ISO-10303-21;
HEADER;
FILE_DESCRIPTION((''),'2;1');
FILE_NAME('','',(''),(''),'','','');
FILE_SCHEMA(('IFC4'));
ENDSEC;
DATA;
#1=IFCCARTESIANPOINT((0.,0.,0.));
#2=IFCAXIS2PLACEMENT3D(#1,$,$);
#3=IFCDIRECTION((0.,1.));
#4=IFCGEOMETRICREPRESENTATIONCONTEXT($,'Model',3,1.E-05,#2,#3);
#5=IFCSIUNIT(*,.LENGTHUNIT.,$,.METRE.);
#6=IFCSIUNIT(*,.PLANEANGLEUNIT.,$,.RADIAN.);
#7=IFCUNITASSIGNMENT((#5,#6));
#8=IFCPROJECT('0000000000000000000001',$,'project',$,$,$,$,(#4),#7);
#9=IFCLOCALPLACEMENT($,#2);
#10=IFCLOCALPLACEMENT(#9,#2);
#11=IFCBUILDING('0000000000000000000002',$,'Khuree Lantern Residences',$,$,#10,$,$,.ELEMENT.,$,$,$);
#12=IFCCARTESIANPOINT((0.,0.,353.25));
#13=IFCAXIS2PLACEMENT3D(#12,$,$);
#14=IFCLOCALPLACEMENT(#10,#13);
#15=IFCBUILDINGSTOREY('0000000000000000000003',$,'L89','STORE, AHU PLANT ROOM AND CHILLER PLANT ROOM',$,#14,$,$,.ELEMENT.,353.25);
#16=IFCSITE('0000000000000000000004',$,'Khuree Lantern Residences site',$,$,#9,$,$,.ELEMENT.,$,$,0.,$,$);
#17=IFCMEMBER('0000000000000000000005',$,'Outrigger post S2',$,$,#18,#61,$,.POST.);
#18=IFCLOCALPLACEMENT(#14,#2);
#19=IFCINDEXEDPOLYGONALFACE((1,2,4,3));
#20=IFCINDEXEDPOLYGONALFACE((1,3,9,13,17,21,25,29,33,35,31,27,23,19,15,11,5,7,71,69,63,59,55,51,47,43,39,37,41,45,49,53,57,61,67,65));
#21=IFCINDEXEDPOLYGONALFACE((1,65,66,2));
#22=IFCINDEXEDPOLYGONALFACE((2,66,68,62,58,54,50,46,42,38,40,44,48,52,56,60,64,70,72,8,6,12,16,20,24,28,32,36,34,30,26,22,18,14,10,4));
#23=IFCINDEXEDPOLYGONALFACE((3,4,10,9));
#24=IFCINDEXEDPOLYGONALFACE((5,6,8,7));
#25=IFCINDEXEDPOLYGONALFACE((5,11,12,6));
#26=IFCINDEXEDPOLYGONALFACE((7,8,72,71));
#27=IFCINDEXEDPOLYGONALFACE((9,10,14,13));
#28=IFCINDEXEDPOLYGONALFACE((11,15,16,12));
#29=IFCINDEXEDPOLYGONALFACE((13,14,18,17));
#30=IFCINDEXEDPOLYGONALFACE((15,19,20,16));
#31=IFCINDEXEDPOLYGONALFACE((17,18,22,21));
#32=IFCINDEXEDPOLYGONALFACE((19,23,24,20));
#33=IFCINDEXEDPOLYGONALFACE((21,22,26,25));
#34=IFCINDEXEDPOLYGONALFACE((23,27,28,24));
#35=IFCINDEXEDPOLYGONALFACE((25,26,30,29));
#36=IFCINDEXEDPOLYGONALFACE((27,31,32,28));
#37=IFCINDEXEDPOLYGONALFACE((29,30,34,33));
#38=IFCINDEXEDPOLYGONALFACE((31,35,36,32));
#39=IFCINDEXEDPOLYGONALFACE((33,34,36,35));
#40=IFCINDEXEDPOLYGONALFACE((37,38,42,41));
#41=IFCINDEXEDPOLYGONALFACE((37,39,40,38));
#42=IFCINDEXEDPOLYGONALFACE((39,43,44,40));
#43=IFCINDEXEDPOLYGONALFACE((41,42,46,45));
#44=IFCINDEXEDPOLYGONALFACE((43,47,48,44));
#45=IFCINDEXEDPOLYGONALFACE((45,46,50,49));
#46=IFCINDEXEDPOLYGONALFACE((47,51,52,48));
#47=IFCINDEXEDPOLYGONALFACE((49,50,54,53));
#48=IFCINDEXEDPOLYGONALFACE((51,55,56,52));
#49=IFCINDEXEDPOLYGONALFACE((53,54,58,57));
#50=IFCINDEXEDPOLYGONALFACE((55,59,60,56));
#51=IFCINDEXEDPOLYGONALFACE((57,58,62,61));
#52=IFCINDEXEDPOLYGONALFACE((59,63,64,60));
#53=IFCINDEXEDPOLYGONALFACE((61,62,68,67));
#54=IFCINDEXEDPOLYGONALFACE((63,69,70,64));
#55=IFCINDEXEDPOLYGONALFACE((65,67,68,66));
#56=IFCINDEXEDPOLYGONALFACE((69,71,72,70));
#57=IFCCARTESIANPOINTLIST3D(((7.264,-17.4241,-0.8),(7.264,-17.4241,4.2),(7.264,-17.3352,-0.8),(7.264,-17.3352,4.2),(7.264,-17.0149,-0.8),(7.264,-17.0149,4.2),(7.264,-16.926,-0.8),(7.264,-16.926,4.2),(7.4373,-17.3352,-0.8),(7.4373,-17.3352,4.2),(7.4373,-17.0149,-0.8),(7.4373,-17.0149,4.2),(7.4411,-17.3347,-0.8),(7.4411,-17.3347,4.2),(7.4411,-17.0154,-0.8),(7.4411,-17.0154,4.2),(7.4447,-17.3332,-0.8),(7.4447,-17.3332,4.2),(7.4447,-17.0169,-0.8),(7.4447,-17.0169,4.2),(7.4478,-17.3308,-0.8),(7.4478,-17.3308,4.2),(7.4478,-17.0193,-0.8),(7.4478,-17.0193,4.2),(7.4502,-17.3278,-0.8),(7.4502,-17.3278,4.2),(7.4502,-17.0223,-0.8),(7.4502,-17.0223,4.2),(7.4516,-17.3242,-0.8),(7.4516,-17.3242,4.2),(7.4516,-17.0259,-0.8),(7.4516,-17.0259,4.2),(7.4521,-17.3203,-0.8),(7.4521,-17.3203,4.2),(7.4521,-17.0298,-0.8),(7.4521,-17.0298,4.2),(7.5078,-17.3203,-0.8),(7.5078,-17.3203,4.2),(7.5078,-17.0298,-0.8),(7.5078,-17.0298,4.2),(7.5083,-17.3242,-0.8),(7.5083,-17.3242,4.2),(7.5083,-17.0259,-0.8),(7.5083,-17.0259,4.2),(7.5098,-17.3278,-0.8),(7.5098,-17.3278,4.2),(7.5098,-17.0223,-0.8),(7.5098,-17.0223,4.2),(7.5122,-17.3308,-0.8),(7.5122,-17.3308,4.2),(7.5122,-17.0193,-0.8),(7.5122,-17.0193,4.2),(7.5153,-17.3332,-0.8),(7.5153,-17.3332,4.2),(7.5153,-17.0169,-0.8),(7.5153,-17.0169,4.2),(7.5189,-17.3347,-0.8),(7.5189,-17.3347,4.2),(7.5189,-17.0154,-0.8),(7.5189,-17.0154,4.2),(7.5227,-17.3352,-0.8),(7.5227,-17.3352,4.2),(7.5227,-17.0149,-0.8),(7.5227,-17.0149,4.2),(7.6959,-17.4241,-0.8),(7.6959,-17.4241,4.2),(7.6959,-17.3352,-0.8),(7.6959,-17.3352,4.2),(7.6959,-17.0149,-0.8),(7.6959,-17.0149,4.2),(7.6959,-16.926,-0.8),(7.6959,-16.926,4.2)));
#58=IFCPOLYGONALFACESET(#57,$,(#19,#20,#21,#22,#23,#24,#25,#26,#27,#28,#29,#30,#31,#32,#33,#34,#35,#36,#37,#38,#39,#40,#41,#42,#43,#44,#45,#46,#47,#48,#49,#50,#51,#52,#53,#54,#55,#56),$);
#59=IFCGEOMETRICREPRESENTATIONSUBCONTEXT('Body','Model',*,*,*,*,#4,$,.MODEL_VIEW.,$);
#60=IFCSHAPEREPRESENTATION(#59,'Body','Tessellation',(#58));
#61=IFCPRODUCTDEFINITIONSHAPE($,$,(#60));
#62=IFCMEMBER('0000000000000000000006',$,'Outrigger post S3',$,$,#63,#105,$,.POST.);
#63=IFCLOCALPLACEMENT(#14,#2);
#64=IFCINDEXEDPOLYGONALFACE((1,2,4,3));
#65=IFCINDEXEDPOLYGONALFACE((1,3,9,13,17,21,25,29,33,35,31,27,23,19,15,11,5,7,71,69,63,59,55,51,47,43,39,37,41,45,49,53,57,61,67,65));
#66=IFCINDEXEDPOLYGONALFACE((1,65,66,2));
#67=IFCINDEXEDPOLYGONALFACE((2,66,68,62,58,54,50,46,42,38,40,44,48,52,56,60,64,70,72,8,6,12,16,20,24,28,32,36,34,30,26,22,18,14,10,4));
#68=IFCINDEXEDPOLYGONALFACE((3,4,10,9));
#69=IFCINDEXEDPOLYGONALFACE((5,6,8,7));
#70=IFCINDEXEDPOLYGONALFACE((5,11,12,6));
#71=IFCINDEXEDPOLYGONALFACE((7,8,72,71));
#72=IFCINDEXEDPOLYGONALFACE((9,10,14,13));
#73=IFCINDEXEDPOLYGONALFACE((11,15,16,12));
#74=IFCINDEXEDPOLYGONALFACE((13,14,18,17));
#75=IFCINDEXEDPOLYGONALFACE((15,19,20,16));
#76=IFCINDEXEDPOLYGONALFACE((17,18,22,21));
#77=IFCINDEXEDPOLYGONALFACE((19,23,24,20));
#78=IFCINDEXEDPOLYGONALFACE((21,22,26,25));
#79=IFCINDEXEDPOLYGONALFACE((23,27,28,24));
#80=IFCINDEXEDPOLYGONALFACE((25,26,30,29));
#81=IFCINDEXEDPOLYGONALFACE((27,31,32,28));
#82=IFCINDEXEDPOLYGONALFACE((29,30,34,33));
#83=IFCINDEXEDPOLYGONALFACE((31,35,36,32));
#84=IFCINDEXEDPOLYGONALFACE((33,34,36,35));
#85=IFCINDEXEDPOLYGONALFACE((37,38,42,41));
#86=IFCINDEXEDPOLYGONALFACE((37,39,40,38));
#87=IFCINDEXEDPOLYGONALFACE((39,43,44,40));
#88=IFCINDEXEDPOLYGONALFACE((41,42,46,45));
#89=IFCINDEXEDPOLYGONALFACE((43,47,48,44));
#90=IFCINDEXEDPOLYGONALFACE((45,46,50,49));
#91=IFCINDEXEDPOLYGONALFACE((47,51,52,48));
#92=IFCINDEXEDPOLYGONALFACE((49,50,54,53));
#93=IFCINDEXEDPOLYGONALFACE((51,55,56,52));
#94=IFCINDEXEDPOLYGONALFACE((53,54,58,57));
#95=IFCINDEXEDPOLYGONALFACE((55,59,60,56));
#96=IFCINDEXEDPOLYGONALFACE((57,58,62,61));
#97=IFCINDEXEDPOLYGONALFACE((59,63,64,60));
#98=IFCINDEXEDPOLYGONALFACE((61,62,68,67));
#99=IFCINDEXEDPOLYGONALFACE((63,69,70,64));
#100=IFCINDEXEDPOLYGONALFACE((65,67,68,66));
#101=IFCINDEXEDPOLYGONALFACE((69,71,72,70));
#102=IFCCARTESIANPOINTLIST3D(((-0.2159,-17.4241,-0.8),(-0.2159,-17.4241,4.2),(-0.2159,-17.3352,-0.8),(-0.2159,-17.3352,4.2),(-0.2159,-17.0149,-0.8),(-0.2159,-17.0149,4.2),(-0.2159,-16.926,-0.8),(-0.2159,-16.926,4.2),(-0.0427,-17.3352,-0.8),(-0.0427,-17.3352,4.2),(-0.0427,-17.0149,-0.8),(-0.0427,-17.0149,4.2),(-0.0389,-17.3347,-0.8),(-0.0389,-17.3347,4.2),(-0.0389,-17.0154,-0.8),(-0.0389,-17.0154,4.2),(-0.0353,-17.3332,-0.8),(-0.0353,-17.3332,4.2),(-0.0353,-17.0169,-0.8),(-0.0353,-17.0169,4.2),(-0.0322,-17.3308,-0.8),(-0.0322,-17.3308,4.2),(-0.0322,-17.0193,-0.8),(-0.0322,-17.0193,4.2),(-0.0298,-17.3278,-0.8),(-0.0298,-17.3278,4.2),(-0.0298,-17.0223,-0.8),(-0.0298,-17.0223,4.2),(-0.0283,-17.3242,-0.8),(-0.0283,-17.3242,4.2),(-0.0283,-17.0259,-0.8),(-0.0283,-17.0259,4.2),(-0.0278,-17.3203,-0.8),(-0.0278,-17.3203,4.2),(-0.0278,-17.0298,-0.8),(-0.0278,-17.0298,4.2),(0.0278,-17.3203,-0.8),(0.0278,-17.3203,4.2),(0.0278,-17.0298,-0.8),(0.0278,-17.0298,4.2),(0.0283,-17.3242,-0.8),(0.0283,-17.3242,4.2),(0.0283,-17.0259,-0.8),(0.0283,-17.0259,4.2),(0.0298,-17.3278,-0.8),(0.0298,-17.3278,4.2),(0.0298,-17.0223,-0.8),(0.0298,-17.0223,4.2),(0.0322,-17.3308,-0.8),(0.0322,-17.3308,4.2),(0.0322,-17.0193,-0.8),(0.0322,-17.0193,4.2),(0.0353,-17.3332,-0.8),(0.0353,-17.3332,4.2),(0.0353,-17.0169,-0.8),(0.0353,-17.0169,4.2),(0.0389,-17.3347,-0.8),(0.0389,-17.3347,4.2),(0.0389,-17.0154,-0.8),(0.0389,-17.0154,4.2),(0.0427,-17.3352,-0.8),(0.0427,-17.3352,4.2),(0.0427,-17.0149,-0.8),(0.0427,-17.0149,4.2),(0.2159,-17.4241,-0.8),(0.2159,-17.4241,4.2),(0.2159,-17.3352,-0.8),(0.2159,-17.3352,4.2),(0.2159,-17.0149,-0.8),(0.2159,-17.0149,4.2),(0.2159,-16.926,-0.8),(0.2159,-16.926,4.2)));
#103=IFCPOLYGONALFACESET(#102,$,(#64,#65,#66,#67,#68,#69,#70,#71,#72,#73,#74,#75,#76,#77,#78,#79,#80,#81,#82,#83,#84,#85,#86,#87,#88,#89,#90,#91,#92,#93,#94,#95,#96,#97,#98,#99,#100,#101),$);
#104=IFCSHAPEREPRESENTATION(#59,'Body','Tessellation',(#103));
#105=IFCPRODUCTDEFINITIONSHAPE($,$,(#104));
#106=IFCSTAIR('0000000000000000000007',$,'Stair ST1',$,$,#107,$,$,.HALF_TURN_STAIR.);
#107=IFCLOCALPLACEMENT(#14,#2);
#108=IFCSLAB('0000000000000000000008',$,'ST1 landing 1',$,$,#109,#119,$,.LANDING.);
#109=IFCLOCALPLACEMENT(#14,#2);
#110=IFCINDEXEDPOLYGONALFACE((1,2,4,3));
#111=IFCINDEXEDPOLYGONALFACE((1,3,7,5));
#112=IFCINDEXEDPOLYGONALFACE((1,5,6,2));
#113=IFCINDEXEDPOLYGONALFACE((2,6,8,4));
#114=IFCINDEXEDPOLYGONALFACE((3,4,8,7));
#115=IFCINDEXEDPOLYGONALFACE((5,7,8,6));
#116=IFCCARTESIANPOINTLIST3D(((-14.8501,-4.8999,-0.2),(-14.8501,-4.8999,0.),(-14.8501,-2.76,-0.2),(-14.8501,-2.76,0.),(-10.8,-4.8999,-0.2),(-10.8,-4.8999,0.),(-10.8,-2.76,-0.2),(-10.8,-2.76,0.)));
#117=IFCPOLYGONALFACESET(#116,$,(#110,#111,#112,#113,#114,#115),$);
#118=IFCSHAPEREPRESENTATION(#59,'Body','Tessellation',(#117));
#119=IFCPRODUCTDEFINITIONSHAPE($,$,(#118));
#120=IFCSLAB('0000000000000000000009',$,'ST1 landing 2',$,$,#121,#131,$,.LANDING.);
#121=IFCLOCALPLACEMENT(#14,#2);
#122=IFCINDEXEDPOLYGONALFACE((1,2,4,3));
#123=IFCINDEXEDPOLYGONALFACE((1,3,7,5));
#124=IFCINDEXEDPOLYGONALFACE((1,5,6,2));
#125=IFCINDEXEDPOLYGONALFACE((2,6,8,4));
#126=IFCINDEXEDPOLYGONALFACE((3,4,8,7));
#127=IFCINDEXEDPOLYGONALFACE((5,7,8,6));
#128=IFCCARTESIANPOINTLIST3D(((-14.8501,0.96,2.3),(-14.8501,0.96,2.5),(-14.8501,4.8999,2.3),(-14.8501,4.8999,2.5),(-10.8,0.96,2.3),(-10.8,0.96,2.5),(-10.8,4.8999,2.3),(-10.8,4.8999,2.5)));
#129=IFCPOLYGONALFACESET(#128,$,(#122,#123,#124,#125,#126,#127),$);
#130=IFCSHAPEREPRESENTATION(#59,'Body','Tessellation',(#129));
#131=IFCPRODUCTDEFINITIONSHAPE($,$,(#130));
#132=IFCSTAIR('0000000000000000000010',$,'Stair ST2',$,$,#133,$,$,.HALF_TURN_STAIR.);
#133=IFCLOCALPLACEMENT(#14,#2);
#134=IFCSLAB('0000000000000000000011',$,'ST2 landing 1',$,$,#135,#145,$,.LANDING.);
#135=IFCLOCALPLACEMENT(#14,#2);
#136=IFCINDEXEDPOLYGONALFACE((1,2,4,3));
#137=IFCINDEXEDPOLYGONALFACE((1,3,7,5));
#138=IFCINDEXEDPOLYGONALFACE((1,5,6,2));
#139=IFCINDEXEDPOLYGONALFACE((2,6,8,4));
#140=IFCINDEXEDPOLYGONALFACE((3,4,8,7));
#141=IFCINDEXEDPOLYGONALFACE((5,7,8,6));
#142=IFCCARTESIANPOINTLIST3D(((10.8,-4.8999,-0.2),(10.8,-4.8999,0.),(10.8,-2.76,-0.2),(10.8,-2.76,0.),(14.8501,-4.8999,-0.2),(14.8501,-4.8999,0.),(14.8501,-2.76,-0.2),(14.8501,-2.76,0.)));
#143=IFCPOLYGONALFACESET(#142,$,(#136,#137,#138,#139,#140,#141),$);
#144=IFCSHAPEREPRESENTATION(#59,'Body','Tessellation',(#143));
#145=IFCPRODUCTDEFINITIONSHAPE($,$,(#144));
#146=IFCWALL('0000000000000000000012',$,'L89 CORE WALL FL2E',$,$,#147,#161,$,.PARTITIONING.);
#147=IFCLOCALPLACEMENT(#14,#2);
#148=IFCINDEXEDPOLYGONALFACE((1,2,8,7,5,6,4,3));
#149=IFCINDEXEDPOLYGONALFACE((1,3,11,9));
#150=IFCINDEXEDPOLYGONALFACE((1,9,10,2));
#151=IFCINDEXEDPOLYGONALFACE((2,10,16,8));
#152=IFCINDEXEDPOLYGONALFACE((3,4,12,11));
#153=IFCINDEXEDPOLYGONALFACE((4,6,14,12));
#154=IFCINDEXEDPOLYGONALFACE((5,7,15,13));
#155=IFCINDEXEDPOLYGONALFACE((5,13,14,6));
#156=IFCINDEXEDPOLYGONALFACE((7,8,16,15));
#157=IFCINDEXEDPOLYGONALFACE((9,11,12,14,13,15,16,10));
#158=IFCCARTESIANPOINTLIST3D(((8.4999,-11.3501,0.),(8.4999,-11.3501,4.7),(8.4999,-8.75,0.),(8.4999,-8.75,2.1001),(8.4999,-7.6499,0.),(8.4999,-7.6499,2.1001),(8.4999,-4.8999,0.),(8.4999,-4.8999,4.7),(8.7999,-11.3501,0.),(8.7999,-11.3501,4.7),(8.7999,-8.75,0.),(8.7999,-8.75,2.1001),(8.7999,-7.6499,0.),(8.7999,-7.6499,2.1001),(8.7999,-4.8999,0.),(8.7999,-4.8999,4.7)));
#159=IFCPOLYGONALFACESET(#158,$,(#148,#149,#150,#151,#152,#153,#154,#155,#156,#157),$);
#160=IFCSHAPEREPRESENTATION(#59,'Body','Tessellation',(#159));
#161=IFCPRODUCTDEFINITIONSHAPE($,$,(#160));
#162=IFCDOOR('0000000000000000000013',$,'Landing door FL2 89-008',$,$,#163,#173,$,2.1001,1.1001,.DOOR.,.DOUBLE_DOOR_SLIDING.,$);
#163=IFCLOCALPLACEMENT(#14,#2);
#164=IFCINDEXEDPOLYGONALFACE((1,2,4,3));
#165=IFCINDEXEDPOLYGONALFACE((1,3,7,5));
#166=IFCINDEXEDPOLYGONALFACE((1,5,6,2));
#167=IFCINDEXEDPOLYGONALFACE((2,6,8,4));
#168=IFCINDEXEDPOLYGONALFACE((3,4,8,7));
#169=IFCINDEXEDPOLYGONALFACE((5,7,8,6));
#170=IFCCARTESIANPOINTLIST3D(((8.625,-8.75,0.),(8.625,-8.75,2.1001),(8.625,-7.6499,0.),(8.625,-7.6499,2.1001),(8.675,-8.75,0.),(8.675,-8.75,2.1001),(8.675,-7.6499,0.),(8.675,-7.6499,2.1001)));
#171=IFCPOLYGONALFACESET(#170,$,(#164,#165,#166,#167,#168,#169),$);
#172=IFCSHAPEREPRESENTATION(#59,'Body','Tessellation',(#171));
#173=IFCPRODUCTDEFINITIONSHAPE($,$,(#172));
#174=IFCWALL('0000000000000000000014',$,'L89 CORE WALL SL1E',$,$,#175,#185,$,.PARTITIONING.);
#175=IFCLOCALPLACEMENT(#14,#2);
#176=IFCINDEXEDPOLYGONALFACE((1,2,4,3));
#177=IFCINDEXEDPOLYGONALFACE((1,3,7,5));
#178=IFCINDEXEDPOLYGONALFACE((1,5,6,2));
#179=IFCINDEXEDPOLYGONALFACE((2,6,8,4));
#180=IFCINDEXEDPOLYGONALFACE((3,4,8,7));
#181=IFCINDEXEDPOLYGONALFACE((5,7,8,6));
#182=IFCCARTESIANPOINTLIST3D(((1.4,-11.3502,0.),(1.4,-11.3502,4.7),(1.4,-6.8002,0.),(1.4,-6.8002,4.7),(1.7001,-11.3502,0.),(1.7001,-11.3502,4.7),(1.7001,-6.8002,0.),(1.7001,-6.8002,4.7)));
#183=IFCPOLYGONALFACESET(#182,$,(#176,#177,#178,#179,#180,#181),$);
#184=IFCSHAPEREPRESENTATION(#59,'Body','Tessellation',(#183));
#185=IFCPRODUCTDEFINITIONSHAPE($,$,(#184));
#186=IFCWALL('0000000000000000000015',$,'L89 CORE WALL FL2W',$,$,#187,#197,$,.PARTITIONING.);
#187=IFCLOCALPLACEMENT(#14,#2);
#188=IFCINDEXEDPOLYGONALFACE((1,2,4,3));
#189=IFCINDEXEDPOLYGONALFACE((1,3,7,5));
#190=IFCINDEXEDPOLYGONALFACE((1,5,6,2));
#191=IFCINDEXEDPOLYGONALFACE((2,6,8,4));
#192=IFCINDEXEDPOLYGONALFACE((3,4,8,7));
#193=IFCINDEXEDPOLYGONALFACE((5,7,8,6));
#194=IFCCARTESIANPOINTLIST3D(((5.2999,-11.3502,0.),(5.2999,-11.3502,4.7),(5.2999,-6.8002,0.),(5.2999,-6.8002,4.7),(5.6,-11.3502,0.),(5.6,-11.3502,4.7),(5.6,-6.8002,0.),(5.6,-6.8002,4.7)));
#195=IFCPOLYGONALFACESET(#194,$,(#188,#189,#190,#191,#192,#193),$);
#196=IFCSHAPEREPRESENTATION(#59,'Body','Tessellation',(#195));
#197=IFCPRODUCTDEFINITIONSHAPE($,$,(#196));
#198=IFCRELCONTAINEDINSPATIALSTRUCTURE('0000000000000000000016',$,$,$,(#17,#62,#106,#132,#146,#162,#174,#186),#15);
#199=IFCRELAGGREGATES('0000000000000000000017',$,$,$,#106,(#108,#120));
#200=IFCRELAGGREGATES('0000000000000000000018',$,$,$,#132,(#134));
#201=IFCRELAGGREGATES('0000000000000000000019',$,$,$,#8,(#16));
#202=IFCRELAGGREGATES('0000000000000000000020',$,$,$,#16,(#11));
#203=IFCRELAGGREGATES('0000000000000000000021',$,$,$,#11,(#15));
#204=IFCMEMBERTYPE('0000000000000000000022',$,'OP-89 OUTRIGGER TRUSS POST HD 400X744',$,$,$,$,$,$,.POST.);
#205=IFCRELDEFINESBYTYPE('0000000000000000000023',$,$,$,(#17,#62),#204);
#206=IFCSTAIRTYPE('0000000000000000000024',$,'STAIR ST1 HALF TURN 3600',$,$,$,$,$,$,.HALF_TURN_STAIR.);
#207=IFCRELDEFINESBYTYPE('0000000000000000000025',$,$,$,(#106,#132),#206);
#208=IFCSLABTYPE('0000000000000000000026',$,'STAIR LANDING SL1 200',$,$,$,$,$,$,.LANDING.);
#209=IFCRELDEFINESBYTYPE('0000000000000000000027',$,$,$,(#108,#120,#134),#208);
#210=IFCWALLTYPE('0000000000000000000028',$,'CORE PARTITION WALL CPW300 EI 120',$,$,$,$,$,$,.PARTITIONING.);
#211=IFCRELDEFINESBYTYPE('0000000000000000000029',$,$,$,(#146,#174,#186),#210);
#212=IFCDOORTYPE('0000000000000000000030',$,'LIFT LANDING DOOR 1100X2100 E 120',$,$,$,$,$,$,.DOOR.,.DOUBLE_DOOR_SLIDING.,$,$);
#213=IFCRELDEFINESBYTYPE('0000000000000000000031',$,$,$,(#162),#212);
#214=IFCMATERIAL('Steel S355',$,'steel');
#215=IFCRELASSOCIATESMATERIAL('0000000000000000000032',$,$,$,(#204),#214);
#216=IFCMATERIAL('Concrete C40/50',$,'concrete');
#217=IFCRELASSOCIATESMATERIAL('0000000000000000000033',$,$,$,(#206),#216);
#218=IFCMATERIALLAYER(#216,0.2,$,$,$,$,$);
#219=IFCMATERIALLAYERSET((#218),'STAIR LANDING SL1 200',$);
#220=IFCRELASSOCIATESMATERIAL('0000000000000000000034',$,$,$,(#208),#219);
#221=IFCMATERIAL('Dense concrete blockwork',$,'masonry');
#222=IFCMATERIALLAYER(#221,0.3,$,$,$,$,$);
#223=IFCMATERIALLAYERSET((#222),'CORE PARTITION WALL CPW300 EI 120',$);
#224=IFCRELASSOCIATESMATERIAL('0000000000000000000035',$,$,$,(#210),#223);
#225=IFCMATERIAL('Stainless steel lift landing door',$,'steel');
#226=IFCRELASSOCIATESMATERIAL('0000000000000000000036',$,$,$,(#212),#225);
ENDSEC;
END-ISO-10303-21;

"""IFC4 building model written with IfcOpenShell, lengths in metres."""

from ifc_helpers import new_model, si_unit, direction, frame, frame_2d, origin, origin_2d, place, context, subcontext, project, spatial, polyline, rectangle, i_section, outline, extrude, material, layer, layer_set, material_profile, profile_set, type_object, element, fill, aggregate, save


model = new_model("IFC4")

# Units and contexts
model_context = context("Model", 3, precision=1e-05, world=origin(), true_north=direction((0.0, 1.0)))
body_context = subcontext(model_context, "Body", "Model", "MODEL_VIEW")
ifc_project = project(units=[si_unit("LENGTHUNIT", "METRE"), si_unit("PLANEANGLEUNIT", "RADIAN")], contexts=[model_context])

# Site, building, storey
site_placement = place(None, origin())
site = spatial("IfcSite", under=ifc_project, at=site_placement, Name="Khuree Lantern Residences site", CompositionType="ELEMENT", RefElevation=0.0)
building_placement = place(site_placement, origin())
building = spatial("IfcBuilding", under=site, at=building_placement, Name="Khuree Lantern Residences", CompositionType="ELEMENT")
storey_placement = place(building_placement, frame((0.0, 0.0, 353.25)))
storey = spatial("IfcBuildingStorey", under=building, at=storey_placement, Name="L89", Description="STORE, AHU PLANT ROOM AND CHILLER PLANT ROOM", CompositionType="ELEMENT", Elevation=353.25)

# Members
ifc_material_1 = material(Name="Steel S355", Category="steel")
ifc_material_profile_1 = material_profile(ifc_material_1, i_section(OverallWidth=0.4319, OverallDepth=0.498, WebThickness=0.0557, FlangeThickness=0.0889, FilletRadius=0.0149, at=origin_2d()), Name="HD 400X744")
ifc_profile_set_1 = profile_set([ifc_material_profile_1], Name="Steel S355")
member_type_1 = type_object("IfcMemberType", Name="OP-89 OUTRIGGER TRUSS POST HD 400X744", PredefinedType="POST", material=ifc_profile_set_1)
for number, where, z_axis, x_axis, name in (
    (1, (7.48, -17.175, -0.8), (0.0, 0.0, 1.0), (1.0, 0.0, 0.0), "Outrigger post S2"),
    (2, (0.0, -17.175, -0.8), (0.0, 0.0, 1.0), (1.0, 0.0, 0.0), "Outrigger post S3"),
):
    element("IfcMember", number, at=place(storey_placement, frame(where, z_axis=z_axis, x_axis=x_axis)), inside=storey, type_object=member_type_1, Name=name, PredefinedType="POST", context=body_context, shape_type="SweptSolid", body=[
        extrude(i_section(OverallWidth=0.4319, OverallDepth=0.498, WebThickness=0.0557, FlangeThickness=0.0889, FilletRadius=0.0149, at=origin_2d()), origin(), (0.0, 0.0, 1.0), 5.0),
    ])

# Stair, slabs
ifc_material_2 = material(Name="Concrete C40/50", Category="concrete")
stair_type = type_object("IfcStairType", Name="STAIR ST1 HALF TURN 3600", PredefinedType="HALF_TURN_STAIR", material=ifc_material_2)
stair_1_placement = place(storey_placement, origin())
stair_1 = element("IfcStair", 3, at=stair_1_placement, inside=storey, type_object=stair_type, Name="Stair ST1", PredefinedType="HALF_TURN_STAIR")
ifc_layer_1 = layer(ifc_material_2, 0.2)
ifc_layer_set_1 = layer_set([ifc_layer_1], Name="STAIR LANDING SL1 200")
slab_type = type_object("IfcSlabType", Name="STAIR LANDING SL1 200", PredefinedType="LANDING", material=ifc_layer_set_1)
slab_1_placement = place(storey_placement, frame((0.0, 0.0, -0.2)))
slab_1 = element("IfcSlab", 4, at=slab_1_placement, type_object=slab_type, Name="ST1 landing 1", PredefinedType="LANDING", context=body_context, shape_type="SweptSolid", body=[
    extrude(outline(polyline([(-14.8501, -4.8999), (-10.8, -4.8999), (-10.8, -2.76), (-14.8501, -2.76), (-14.8501, -4.8999)])), origin(), (0.0, 0.0, 1.0), 0.2),
])
slab_2_placement = place(storey_placement, frame((0.0, 0.0, 2.3)))
slab_2 = element("IfcSlab", 5, at=slab_2_placement, type_object=slab_type, Name="ST1 landing 2", PredefinedType="LANDING", context=body_context, shape_type="SweptSolid", body=[
    extrude(outline(polyline([(-14.8501, 0.96), (-14.8501, 4.8999), (-10.8, 4.8999), (-10.8, 0.96), (-14.8501, 0.96)])), origin(), (0.0, 0.0, 1.0), 0.2),
])
aggregate(stair_1, [slab_1, slab_2])

# Stair, slab
stair_2_placement = place(storey_placement, origin())
stair_2 = element("IfcStair", 6, at=stair_2_placement, inside=storey, type_object=stair_type, Name="Stair ST2", PredefinedType="HALF_TURN_STAIR")
slab_3_placement = place(storey_placement, frame((0.0, 0.0, -0.2)))
slab_3 = element("IfcSlab", 7, at=slab_3_placement, type_object=slab_type, Name="ST2 landing 1", PredefinedType="LANDING", context=body_context, shape_type="SweptSolid", body=[
    extrude(outline(polyline([(10.8, -4.8999), (14.8501, -4.8999), (14.8501, -2.76), (10.8, -2.76), (10.8, -4.8999)])), origin(), (0.0, 0.0, 1.0), 0.2),
])

# Wall, opening, door
ifc_material_3 = material(Name="Dense concrete blockwork", Category="masonry")
ifc_layer_2 = layer(ifc_material_3, 0.3)
ifc_layer_set_2 = layer_set([ifc_layer_2], Name="CORE PARTITION WALL CPW300 EI 120")
wall_type_1 = type_object("IfcWallType", Name="CORE PARTITION WALL CPW300 EI 120", PredefinedType="PARTITIONING", material=ifc_layer_set_2)
wall_1_placement = place(storey_placement, frame((8.6499, -11.3501, 0.0), z_axis=(0.0, 0.0, 1.0), x_axis=(0.0, 1.0, 0.0)))
wall_1 = element("IfcWall", 8, at=wall_1_placement, inside=storey, type_object=wall_type_1, Name="L89 CORE WALL FL2E", PredefinedType="PARTITIONING", context=body_context, shape_type="SweptSolid", body=[
    extrude(rectangle(XDim=6.4502, YDim=0.3, at=frame_2d((3.2251, 0.0))), origin(), (0.0, 0.0, 1.0), 4.7),
])
opening_1_placement = place(wall_1_placement, frame((2.6001, 0.0, 0.0)))
opening_1 = element("IfcOpeningElement", 9, at=opening_1_placement, cuts=wall_1, PredefinedType="OPENING", context=body_context, shape_type="SweptSolid", body=[
    extrude(rectangle(XDim=1.1001, YDim=2.1001, at=frame_2d((0.55, 1.05))), frame((0.0, 0.1602, 0.0), z_axis=(0.0, -1.0, 0.0), x_axis=(1.0, 0.0, 0.0)), (0.0, 0.0, 1.0), 0.3201),
])
ifc_material_4 = material(Name="Stainless steel lift landing door", Category="steel")
door_type_1 = type_object("IfcDoorType", Name="LIFT LANDING DOOR 1100X2100 E 120", OperationType="DOUBLE_DOOR_SLIDING", PredefinedType="DOOR", material=ifc_material_4)
door_1_placement = place(opening_1_placement, origin())
door_1 = element("IfcDoor", 10, at=door_1_placement, inside=storey, type_object=door_type_1, Name="Landing door FL2 89-008", OperationType="DOUBLE_DOOR_SLIDING", OverallHeight=2.1001, OverallWidth=1.1001, PredefinedType="DOOR", context=body_context, shape_type="SweptSolid", body=[
    extrude(rectangle(XDim=1.1001, YDim=2.1001, at=frame_2d((0.55, 1.05))), frame((0.0, 0.0249, 0.0), z_axis=(0.0, -1.0, 0.0), x_axis=(1.0, 0.0, 0.0)), (0.0, 0.0, 1.0), 0.05),
])
fill(opening_1, door_1)

# Walls
for number, where, z_axis, x_axis, name in (
    (11, (1.55, -11.3501, 0.0), (0.0, 0.0, 1.0), (0.0, 1.0, 0.0), "L89 CORE WALL SL1E"),
    (12, (5.45, -11.3501, 0.0), (0.0, 0.0, 1.0), (0.0, 1.0, 0.0), "L89 CORE WALL FL2W"),
):
    element("IfcWall", number, at=place(storey_placement, frame(where, z_axis=z_axis, x_axis=x_axis)), inside=storey, type_object=wall_type_1, Name=name, PredefinedType="PARTITIONING", context=body_context, shape_type="SweptSolid", body=[
        extrude(rectangle(XDim=4.55, YDim=0.3, at=frame_2d((2.2749, 0.0))), origin(), (0.0, 0.0, 1.0), 4.7),
    ])

aggregate(stair_2, [slab_3])

save(model, "model.ifc")
